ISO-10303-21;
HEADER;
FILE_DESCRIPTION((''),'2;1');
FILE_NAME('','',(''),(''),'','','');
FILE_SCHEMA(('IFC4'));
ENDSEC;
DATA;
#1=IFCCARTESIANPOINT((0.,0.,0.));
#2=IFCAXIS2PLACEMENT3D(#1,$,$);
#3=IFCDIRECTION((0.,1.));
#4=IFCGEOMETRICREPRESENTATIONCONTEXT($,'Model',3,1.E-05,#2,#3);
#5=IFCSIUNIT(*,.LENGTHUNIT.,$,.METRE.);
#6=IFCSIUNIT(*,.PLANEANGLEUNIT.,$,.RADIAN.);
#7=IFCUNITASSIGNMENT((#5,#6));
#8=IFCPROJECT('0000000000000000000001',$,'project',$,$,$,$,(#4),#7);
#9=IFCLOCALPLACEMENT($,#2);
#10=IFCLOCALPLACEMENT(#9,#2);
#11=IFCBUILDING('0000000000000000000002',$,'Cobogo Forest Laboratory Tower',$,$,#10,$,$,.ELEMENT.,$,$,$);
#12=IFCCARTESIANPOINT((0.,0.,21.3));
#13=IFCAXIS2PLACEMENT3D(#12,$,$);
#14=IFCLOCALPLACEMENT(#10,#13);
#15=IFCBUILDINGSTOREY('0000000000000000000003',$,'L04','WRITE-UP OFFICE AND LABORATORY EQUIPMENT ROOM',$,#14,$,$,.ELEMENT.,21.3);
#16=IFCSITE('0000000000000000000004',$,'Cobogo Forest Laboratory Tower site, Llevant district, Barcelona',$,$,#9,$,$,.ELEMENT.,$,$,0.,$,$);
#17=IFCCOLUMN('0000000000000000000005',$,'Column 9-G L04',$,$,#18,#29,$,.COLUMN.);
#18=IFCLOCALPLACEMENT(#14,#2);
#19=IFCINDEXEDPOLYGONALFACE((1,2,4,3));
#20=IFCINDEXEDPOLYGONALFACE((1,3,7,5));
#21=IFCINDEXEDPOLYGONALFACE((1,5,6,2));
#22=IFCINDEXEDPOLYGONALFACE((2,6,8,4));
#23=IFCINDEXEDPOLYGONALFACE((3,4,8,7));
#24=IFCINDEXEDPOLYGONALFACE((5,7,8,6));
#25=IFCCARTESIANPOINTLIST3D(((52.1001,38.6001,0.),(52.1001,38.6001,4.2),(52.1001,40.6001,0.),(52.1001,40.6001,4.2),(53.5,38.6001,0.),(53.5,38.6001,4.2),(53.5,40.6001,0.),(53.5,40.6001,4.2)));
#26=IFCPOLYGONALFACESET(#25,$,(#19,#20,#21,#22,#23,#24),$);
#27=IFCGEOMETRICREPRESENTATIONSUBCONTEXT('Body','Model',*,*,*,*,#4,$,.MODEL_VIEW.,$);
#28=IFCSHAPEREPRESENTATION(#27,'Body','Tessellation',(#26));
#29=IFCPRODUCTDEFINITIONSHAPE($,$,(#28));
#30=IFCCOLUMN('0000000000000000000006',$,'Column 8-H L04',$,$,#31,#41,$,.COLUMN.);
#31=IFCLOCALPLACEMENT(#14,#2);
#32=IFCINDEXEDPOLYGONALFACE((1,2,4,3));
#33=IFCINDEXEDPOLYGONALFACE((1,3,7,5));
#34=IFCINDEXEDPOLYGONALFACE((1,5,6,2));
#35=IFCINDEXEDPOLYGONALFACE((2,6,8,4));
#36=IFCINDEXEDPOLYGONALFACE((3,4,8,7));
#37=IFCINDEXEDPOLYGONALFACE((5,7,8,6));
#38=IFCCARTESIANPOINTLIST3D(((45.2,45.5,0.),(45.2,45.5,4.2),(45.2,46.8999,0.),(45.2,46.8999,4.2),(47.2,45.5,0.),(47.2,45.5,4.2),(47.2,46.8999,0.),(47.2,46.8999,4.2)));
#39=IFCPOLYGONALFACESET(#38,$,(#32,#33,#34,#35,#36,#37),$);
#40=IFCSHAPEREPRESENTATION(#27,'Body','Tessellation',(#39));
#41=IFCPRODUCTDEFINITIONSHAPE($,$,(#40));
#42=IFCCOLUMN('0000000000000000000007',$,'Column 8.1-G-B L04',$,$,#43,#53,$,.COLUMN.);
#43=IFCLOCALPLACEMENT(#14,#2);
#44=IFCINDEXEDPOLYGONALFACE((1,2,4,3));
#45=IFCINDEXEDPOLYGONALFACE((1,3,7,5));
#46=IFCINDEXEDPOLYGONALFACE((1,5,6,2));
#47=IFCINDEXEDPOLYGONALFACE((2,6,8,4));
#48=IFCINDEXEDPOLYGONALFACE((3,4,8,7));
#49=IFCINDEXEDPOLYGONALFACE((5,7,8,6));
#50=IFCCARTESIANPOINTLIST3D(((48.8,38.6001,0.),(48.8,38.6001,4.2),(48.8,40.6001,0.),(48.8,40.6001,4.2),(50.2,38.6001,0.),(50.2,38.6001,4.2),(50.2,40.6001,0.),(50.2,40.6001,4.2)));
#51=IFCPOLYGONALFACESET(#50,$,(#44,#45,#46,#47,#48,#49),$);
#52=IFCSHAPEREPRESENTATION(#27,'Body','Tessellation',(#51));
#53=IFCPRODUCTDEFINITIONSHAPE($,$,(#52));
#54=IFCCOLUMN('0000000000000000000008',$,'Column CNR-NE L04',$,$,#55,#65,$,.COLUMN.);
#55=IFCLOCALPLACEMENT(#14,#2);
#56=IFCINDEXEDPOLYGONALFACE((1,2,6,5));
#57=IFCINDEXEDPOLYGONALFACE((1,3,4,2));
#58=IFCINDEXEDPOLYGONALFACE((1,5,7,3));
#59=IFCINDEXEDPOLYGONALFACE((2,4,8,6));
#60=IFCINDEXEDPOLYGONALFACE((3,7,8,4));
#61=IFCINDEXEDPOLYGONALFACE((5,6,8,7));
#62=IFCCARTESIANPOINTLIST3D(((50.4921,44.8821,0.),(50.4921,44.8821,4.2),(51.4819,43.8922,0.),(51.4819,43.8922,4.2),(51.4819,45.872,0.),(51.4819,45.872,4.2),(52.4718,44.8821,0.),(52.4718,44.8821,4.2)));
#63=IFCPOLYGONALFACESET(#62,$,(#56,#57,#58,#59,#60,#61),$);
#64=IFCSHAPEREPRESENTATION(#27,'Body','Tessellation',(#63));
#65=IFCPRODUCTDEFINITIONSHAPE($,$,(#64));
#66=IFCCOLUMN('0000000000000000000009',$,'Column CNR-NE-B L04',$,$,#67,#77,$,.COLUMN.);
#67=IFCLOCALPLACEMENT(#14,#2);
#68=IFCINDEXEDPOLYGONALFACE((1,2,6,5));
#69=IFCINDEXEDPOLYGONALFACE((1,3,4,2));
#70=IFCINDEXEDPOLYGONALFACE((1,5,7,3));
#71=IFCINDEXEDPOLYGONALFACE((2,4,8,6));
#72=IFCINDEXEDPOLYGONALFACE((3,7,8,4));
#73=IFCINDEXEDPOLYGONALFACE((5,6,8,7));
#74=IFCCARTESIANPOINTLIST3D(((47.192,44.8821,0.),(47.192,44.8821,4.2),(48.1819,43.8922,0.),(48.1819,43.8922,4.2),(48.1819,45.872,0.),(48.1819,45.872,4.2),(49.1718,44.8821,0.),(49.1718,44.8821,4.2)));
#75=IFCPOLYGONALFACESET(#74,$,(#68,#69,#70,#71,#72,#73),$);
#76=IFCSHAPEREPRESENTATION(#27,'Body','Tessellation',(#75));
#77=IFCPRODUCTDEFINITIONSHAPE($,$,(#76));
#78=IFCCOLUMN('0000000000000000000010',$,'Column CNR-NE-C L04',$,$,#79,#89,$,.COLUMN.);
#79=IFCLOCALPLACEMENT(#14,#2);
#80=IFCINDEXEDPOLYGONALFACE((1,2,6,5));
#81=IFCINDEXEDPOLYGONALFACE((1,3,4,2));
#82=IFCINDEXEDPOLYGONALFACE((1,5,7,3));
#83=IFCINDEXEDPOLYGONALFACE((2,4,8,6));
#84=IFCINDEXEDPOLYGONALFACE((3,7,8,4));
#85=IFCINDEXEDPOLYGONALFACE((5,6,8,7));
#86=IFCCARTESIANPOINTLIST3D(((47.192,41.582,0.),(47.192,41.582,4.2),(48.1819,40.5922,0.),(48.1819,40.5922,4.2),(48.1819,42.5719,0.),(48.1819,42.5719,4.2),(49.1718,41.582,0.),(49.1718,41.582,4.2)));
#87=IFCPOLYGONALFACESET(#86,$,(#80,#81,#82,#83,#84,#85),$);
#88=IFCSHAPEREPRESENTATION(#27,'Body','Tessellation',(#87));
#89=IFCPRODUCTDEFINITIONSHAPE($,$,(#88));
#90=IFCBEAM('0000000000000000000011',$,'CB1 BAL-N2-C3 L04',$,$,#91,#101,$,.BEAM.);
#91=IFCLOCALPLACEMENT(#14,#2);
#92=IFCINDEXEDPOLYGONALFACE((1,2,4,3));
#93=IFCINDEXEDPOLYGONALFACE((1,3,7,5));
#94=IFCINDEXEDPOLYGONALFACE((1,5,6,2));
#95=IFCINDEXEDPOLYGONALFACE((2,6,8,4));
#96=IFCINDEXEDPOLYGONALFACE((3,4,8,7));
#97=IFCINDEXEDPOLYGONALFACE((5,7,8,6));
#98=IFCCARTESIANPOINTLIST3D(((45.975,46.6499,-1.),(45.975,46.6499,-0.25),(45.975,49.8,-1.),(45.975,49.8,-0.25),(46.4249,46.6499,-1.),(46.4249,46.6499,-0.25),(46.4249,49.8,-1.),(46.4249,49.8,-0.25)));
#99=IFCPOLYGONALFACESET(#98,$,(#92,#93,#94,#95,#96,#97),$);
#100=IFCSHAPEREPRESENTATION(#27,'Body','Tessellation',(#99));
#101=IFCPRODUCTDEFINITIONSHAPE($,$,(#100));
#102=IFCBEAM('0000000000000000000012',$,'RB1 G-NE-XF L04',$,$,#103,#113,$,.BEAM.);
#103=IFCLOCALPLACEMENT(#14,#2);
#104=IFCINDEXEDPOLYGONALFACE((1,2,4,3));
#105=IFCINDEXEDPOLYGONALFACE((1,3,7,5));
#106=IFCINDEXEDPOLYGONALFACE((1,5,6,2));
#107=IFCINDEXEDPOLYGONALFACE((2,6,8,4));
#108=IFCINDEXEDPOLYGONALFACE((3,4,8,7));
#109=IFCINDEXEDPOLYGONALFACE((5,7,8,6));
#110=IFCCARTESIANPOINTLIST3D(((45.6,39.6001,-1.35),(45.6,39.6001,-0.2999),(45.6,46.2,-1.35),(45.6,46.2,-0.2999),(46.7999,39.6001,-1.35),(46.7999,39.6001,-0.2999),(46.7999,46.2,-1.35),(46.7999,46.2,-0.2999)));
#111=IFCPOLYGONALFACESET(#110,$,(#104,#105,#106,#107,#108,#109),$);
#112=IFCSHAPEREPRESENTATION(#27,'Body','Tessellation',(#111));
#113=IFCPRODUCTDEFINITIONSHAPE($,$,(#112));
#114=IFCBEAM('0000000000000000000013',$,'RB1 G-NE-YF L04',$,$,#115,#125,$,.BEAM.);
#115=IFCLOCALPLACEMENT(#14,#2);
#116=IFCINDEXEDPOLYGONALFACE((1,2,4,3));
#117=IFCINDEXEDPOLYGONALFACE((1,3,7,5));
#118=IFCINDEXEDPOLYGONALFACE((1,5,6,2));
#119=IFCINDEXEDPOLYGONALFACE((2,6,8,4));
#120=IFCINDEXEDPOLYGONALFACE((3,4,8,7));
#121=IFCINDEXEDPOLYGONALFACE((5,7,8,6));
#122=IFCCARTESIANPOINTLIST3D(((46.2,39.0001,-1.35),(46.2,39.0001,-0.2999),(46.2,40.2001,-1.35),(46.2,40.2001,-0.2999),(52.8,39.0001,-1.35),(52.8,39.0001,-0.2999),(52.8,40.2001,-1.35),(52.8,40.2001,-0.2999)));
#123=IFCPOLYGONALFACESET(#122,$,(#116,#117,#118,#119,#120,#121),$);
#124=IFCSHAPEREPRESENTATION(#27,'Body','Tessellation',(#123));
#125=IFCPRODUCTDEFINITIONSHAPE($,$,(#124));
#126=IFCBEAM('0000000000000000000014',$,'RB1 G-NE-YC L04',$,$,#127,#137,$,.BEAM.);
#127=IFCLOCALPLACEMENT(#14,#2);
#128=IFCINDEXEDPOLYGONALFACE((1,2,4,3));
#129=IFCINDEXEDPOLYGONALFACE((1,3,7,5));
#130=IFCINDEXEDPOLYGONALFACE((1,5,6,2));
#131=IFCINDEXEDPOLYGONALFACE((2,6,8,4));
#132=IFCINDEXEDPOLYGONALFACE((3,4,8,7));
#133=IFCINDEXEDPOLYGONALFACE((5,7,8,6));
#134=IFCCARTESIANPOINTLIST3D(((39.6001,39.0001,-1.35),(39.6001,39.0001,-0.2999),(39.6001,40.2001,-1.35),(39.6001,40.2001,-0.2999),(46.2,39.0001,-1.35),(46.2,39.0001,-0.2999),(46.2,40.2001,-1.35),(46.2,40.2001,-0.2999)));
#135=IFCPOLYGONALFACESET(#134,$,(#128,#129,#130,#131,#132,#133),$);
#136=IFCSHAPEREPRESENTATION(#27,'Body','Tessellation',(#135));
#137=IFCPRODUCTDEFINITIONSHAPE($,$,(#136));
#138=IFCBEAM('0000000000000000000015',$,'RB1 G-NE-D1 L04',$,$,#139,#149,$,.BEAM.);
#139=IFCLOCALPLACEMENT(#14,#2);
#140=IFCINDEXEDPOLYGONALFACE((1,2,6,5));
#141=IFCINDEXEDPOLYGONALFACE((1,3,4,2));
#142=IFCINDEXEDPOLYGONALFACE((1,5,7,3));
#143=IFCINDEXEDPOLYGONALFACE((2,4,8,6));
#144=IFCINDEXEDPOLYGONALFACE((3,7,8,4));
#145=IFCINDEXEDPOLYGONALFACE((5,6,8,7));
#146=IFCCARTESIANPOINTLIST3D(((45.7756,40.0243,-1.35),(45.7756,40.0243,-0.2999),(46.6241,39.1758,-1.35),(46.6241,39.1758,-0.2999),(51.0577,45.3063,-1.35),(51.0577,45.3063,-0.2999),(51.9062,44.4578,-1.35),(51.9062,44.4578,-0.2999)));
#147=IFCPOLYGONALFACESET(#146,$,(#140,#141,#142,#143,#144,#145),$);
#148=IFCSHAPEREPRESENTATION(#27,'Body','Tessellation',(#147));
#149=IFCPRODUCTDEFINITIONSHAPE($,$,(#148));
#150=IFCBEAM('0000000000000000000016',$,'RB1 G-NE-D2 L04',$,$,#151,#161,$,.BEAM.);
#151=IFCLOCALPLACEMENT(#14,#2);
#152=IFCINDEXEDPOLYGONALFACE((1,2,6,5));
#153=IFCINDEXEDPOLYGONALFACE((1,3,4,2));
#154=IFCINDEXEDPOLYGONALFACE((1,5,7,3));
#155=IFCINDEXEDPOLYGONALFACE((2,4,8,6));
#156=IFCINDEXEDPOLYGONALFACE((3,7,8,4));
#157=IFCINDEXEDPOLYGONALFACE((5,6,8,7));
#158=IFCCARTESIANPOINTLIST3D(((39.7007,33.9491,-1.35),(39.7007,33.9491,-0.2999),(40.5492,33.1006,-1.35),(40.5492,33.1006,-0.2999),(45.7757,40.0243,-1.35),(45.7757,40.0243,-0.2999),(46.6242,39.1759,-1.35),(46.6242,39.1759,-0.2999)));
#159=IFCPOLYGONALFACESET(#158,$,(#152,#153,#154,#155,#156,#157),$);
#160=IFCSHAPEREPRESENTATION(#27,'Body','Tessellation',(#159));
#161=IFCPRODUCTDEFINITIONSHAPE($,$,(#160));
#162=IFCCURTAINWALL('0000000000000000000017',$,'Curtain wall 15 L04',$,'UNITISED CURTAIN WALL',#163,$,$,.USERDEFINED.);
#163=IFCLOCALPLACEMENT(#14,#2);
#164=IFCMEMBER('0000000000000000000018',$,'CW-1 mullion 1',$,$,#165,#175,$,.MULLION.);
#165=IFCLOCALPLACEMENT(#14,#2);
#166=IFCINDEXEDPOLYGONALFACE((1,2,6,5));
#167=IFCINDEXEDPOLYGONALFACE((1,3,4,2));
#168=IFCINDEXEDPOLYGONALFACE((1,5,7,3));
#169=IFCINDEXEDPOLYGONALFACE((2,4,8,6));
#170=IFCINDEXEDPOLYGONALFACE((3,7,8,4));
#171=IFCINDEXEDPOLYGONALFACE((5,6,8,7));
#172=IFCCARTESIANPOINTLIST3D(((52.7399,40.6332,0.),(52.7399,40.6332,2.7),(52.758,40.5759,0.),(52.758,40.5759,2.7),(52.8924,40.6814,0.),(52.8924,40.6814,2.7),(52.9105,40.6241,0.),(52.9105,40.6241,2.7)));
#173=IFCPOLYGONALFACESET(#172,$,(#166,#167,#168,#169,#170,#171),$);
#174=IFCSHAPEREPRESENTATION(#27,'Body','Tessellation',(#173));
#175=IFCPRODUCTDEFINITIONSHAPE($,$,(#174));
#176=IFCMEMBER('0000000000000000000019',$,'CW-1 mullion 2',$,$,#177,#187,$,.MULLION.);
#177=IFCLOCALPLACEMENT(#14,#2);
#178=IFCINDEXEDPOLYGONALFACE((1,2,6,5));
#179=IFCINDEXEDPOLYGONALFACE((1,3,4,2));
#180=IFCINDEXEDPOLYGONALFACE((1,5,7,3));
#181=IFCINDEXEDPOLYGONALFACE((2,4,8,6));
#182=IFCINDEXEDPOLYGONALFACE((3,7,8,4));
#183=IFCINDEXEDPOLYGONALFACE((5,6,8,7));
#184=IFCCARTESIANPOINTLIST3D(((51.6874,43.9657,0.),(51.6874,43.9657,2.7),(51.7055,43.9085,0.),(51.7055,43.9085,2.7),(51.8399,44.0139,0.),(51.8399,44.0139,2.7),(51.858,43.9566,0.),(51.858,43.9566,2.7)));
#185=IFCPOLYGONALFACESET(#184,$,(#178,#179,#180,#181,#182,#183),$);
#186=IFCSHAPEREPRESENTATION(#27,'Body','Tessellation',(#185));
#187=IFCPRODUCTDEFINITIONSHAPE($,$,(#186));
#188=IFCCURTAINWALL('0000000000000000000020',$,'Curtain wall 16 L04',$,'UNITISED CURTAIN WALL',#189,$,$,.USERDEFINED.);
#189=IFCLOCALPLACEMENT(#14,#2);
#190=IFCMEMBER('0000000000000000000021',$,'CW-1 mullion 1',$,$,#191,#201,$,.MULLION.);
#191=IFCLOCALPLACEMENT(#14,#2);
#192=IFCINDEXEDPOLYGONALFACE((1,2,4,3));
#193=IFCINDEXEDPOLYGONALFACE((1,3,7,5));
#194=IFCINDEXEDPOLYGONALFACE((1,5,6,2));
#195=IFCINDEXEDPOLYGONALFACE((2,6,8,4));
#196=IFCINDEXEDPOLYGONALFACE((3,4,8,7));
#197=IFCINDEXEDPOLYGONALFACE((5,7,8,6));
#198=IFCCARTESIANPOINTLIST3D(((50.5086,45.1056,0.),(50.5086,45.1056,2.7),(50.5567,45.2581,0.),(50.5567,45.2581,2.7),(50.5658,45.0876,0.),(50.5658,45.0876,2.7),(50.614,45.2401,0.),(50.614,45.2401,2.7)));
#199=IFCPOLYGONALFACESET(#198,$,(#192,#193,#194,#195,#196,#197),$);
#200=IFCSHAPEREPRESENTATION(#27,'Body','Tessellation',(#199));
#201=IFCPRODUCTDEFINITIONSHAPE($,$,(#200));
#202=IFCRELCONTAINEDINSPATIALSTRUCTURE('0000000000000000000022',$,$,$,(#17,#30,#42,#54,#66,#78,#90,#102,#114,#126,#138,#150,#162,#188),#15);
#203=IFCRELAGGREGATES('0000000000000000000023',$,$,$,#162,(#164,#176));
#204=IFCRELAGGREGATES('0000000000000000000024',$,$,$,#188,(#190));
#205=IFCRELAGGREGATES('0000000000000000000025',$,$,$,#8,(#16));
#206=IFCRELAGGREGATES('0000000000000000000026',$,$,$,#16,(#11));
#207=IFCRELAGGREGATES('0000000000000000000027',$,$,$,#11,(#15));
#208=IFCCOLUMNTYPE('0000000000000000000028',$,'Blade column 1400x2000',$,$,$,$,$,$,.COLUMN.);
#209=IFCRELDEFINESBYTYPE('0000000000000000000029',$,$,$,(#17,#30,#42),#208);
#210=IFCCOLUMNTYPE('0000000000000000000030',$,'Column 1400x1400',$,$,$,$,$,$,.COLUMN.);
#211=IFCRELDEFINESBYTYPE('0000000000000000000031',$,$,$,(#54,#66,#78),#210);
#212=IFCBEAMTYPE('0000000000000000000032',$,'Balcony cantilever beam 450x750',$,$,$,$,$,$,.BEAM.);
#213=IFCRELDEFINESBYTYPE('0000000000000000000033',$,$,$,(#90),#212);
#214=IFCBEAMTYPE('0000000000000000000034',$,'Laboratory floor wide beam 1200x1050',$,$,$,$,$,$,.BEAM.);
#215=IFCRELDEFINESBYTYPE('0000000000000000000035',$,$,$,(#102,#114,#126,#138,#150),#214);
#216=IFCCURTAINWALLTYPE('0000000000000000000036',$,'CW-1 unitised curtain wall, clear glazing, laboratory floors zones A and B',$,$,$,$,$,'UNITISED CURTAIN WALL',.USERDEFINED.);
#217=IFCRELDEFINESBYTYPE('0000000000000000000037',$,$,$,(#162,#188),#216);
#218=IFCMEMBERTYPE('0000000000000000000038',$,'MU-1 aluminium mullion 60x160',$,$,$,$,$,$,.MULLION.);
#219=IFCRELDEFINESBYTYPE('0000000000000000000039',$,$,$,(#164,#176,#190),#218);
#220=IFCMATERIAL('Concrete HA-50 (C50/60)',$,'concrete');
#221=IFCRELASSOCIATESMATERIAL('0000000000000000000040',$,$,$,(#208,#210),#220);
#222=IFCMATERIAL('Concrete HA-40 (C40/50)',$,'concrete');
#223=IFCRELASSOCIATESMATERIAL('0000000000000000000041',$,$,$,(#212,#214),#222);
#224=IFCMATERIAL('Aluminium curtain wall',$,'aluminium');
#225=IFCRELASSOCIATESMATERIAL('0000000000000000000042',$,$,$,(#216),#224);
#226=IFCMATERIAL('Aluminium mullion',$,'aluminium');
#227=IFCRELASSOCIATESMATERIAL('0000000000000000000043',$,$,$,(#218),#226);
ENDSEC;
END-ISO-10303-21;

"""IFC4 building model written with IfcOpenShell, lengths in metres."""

from ifc_helpers import new_model, si_unit, direction, frame, origin, origin_2d, place, context, subcontext, project, spatial, rectangle, extrude, material, material_profile, profile_set, type_object, element, aggregate, save


model = new_model("IFC4")

# Units and contexts
model_context = context("Model", 3, precision=1e-05, world=origin(), true_north=direction((0.0, 1.0)))
body_context = subcontext(model_context, "Body", "Model", "MODEL_VIEW")
ifc_project = project(units=[si_unit("LENGTHUNIT", "METRE"), si_unit("PLANEANGLEUNIT", "RADIAN")], contexts=[model_context])

# Site, building, storey
site_placement = place(None, origin())
site = spatial("IfcSite", under=ifc_project, at=site_placement, Name="Cobogo Forest Laboratory Tower site, Llevant district, Barcelona", CompositionType="ELEMENT", RefElevation=0.0)
building_placement = place(site_placement, origin())
building = spatial("IfcBuilding", under=site, at=building_placement, Name="Cobogo Forest Laboratory Tower", CompositionType="ELEMENT")
storey_placement = place(building_placement, frame((0.0, 0.0, 21.3)))
storey = spatial("IfcBuildingStorey", under=building, at=storey_placement, Name="L04", Description="WRITE-UP OFFICE AND LABORATORY EQUIPMENT ROOM", CompositionType="ELEMENT", Elevation=21.3)

# Columns
ifc_material_1 = material(Name="Concrete HA-50 (C50/60)", Category="concrete")
ifc_material_profile_1 = material_profile(ifc_material_1, rectangle(XDim=2.0, YDim=1.3999, at=origin_2d()), Name="RC 1400x2000")
ifc_profile_set_1 = profile_set([ifc_material_profile_1], Name="Concrete HA-50 (C50/60)")
column_type_1 = type_object("IfcColumnType", Name="Blade column 1400x2000", PredefinedType="COLUMN", material=ifc_profile_set_1)
for number, where, z_axis, x_axis, name in (
    (1, (52.8, 39.6001, 0.0), (0.0, 0.0, 1.0), (0.0, 1.0, 0.0), "Column 9-G L04"),
    (2, (46.2, 46.2, 0.0), (0.0, 0.0, 1.0), (1.0, 0.0, 0.0), "Column 8-H L04"),
    (3, (49.5, 39.6001, 0.0), (0.0, 0.0, 1.0), (0.0, 1.0, 0.0), "Column 8.1-G-B L04"),
):
    element("IfcColumn", number, at=place(storey_placement, frame(where, z_axis=z_axis, x_axis=x_axis)), inside=storey, type_object=column_type_1, Name=name, PredefinedType="COLUMN", context=body_context, shape_type="SweptSolid", body=[
        extrude(rectangle(XDim=2.0, YDim=1.3999, at=origin_2d()), origin(), (0.0, 0.0, 1.0), 4.2),
    ])
ifc_material_profile_2 = material_profile(ifc_material_1, rectangle(XDim=1.3999, YDim=1.3999, at=origin_2d()), Name="RC 1400x1400")
ifc_profile_set_2 = profile_set([ifc_material_profile_2], Name="Concrete HA-50 (C50/60)")
column_type_2 = type_object("IfcColumnType", Name="Column 1400x1400", PredefinedType="COLUMN", material=ifc_profile_set_2)
for number, where, z_axis, x_axis, name in (
    (4, (51.4819, 44.8821, 0.0), (0.0, 0.0, 1.0), (0.707107, 0.707107, 0.0), "Column CNR-NE L04"),
    (5, (48.1819, 44.8821, 0.0), (0.0, 0.0, 1.0), (0.707107, 0.707107, 0.0), "Column CNR-NE-B L04"),
    (6, (48.1819, 41.582, 0.0), (0.0, 0.0, 1.0), (0.707107, 0.707107, 0.0), "Column CNR-NE-C L04"),
):
    element("IfcColumn", number, at=place(storey_placement, frame(where, z_axis=z_axis, x_axis=x_axis)), inside=storey, type_object=column_type_2, Name=name, PredefinedType="COLUMN", context=body_context, shape_type="SweptSolid", body=[
        extrude(rectangle(XDim=1.3999, YDim=1.3999, at=origin_2d()), origin(), (0.0, 0.0, 1.0), 4.2),
    ])

# Beams
ifc_material_2 = material(Name="Concrete HA-40 (C40/50)", Category="concrete")
ifc_material_profile_3 = material_profile(ifc_material_2, rectangle(XDim=0.45, YDim=0.75, at=origin_2d()), Name="RC 450x750")
ifc_profile_set_3 = profile_set([ifc_material_profile_3], Name="Concrete HA-40 (C40/50)")
beam_type_1 = type_object("IfcBeamType", Name="Balcony cantilever beam 450x750", PredefinedType="BEAM", material=ifc_profile_set_3)
beam_1_placement = place(storey_placement, frame((46.2, 46.6499, -0.625), z_axis=(0.0, 1.0, 0.0), x_axis=(-1.0, 0.0, 0.0)))
element("IfcBeam", 7, at=beam_1_placement, inside=storey, type_object=beam_type_1, Name="CB1 BAL-N2-C3 L04", PredefinedType="BEAM", context=body_context, shape_type="SweptSolid", body=[
    extrude(rectangle(XDim=0.45, YDim=0.75, at=origin_2d()), origin(), (0.0, 0.0, 1.0), 3.1501),
])
ifc_material_profile_4 = material_profile(ifc_material_2, rectangle(XDim=1.2, YDim=1.05, at=origin_2d()), Name="RC 1200x1050")
ifc_profile_set_4 = profile_set([ifc_material_profile_4], Name="Concrete HA-40 (C40/50)")
beam_type_2 = type_object("IfcBeamType", Name="Laboratory floor wide beam 1200x1050", PredefinedType="BEAM", material=ifc_profile_set_4)
beam_2_placement = place(storey_placement, frame((46.2, 46.2, -0.825), z_axis=(0.0, -1.0, 0.0), x_axis=(1.0, 0.0, 0.0)))
element("IfcBeam", 8, at=beam_2_placement, inside=storey, type_object=beam_type_2, Name="RB1 G-NE-XF L04", PredefinedType="BEAM", context=body_context, shape_type="SweptSolid", body=[
    extrude(rectangle(XDim=1.2, YDim=1.05, at=origin_2d()), origin(), (0.0, 0.0, 1.0), 6.5999),
])
beam_3_placement = place(storey_placement, frame((52.8, 39.6001, -0.825), z_axis=(-1.0, 0.0, 0.0), x_axis=(0.0, -1.0, 0.0)))
element("IfcBeam", 9, at=beam_3_placement, inside=storey, type_object=beam_type_2, Name="RB1 G-NE-YF L04", PredefinedType="BEAM", context=body_context, shape_type="SweptSolid", body=[
    extrude(rectangle(XDim=1.2, YDim=1.05, at=origin_2d()), origin(), (0.0, 0.0, 1.0), 6.6001),
])
beam_4_placement = place(storey_placement, frame((46.2, 39.6001, -0.825), z_axis=(-1.0, 0.0, 0.0), x_axis=(0.0, -1.0, 0.0)))
element("IfcBeam", 10, at=beam_4_placement, inside=storey, type_object=beam_type_2, Name="RB1 G-NE-YC L04", PredefinedType="BEAM", context=body_context, shape_type="SweptSolid", body=[
    extrude(rectangle(XDim=1.2, YDim=1.05, at=origin_2d()), origin(), (0.0, 0.0, 1.0), 6.5999),
])
beam_5_placement = place(storey_placement, frame((51.4819, 44.8821, -0.825), z_axis=(-0.707107, -0.707107, 0.0), x_axis=(0.707107, -0.707107, 0.0)))
element("IfcBeam", 11, at=beam_5_placement, inside=storey, type_object=beam_type_2, Name="RB1 G-NE-D1 L04", PredefinedType="BEAM", context=body_context, shape_type="SweptSolid", body=[
    extrude(rectangle(XDim=1.2, YDim=1.05, at=origin_2d()), origin(), (0.0, 0.0, 1.0), 7.47),
])
beam_6_placement = place(storey_placement, frame((46.2, 39.6001, -0.825), z_axis=(-0.707093, -0.707121, 0.0), x_axis=(0.707121, -0.707093, 0.0)))
element("IfcBeam", 12, at=beam_6_placement, inside=storey, type_object=beam_type_2, Name="RB1 G-NE-D2 L04", PredefinedType="BEAM", context=body_context, shape_type="SweptSolid", body=[
    extrude(rectangle(XDim=1.2, YDim=1.05, at=origin_2d()), origin(), (0.0, 0.0, 1.0), 8.5916),
])

# Curtain walls, members
ifc_material_3 = material(Name="Aluminium curtain wall", Category="aluminium")
curtain_wall_type = type_object("IfcCurtainWallType", Name="CW-1 unitised curtain wall, clear glazing, laboratory floors zones A and B", ElementType="UNITISED CURTAIN WALL", PredefinedType="USERDEFINED", material=ifc_material_3)
curtain_wall_1_placement = place(storey_placement, origin())
curtain_wall_1 = element("IfcCurtainWall", 13, at=curtain_wall_1_placement, inside=storey, type_object=curtain_wall_type, Name="Curtain wall 15 L04", ObjectType="UNITISED CURTAIN WALL", PredefinedType="USERDEFINED")
ifc_material_4 = material(Name="Aluminium mullion", Category="aluminium")
ifc_material_profile_5 = material_profile(ifc_material_4, rectangle(XDim=0.0601, YDim=0.1599, at=origin_2d()), Name="AL 60x160")
ifc_profile_set_5 = profile_set([ifc_material_profile_5], Name="Aluminium mullion")
member_type_1 = type_object("IfcMemberType", Name="MU-1 aluminium mullion 60x160", PredefinedType="MULLION", material=ifc_profile_set_5)
member_1_placement = place(storey_placement, frame((52.8252, 40.6287, 0.0), z_axis=(0.0, 0.0, 1.0), x_axis=(-0.301135, 0.953581, 0.0)))
member_1 = element("IfcMember", 14, at=member_1_placement, type_object=member_type_1, Name="CW-1 mullion 1", PredefinedType="MULLION", context=body_context, shape_type="SweptSolid", body=[
    extrude(rectangle(XDim=0.0601, YDim=0.1599, at=origin_2d()), origin(), (0.0, 0.0, 1.0), 2.7),
])
member_2_placement = place(storey_placement, frame((51.7727, 43.9612, 0.0), z_axis=(0.0, 0.0, 1.0), x_axis=(-0.301135, 0.953581, 0.0)))
member_2 = element("IfcMember", 15, at=member_2_placement, type_object=member_type_1, Name="CW-1 mullion 2", PredefinedType="MULLION", context=body_context, shape_type="SweptSolid", body=[
    extrude(rectangle(XDim=0.0601, YDim=0.1599, at=origin_2d()), origin(), (0.0, 0.0, 1.0), 2.7),
])
curtain_wall_2_placement = place(storey_placement, origin())
curtain_wall_2 = element("IfcCurtainWall", 16, at=curtain_wall_2_placement, inside=storey, type_object=curtain_wall_type, Name="Curtain wall 16 L04", ObjectType="UNITISED CURTAIN WALL", PredefinedType="USERDEFINED")
member_3_placement = place(storey_placement, frame((50.5613, 45.1729, 0.0), z_axis=(0.0, 0.0, 1.0), x_axis=(-0.953581, 0.301135, 0.0)))
member_3 = element("IfcMember", 17, at=member_3_placement, type_object=member_type_1, Name="CW-1 mullion 1", PredefinedType="MULLION", context=body_context, shape_type="SweptSolid", body=[
    extrude(rectangle(XDim=0.0601, YDim=0.1599, at=origin_2d()), origin(), (0.0, 0.0, 1.0), 2.7),
])

aggregate(curtain_wall_1, [member_1, member_2])
aggregate(curtain_wall_2, [member_3])

save(model, "model.ifc")
